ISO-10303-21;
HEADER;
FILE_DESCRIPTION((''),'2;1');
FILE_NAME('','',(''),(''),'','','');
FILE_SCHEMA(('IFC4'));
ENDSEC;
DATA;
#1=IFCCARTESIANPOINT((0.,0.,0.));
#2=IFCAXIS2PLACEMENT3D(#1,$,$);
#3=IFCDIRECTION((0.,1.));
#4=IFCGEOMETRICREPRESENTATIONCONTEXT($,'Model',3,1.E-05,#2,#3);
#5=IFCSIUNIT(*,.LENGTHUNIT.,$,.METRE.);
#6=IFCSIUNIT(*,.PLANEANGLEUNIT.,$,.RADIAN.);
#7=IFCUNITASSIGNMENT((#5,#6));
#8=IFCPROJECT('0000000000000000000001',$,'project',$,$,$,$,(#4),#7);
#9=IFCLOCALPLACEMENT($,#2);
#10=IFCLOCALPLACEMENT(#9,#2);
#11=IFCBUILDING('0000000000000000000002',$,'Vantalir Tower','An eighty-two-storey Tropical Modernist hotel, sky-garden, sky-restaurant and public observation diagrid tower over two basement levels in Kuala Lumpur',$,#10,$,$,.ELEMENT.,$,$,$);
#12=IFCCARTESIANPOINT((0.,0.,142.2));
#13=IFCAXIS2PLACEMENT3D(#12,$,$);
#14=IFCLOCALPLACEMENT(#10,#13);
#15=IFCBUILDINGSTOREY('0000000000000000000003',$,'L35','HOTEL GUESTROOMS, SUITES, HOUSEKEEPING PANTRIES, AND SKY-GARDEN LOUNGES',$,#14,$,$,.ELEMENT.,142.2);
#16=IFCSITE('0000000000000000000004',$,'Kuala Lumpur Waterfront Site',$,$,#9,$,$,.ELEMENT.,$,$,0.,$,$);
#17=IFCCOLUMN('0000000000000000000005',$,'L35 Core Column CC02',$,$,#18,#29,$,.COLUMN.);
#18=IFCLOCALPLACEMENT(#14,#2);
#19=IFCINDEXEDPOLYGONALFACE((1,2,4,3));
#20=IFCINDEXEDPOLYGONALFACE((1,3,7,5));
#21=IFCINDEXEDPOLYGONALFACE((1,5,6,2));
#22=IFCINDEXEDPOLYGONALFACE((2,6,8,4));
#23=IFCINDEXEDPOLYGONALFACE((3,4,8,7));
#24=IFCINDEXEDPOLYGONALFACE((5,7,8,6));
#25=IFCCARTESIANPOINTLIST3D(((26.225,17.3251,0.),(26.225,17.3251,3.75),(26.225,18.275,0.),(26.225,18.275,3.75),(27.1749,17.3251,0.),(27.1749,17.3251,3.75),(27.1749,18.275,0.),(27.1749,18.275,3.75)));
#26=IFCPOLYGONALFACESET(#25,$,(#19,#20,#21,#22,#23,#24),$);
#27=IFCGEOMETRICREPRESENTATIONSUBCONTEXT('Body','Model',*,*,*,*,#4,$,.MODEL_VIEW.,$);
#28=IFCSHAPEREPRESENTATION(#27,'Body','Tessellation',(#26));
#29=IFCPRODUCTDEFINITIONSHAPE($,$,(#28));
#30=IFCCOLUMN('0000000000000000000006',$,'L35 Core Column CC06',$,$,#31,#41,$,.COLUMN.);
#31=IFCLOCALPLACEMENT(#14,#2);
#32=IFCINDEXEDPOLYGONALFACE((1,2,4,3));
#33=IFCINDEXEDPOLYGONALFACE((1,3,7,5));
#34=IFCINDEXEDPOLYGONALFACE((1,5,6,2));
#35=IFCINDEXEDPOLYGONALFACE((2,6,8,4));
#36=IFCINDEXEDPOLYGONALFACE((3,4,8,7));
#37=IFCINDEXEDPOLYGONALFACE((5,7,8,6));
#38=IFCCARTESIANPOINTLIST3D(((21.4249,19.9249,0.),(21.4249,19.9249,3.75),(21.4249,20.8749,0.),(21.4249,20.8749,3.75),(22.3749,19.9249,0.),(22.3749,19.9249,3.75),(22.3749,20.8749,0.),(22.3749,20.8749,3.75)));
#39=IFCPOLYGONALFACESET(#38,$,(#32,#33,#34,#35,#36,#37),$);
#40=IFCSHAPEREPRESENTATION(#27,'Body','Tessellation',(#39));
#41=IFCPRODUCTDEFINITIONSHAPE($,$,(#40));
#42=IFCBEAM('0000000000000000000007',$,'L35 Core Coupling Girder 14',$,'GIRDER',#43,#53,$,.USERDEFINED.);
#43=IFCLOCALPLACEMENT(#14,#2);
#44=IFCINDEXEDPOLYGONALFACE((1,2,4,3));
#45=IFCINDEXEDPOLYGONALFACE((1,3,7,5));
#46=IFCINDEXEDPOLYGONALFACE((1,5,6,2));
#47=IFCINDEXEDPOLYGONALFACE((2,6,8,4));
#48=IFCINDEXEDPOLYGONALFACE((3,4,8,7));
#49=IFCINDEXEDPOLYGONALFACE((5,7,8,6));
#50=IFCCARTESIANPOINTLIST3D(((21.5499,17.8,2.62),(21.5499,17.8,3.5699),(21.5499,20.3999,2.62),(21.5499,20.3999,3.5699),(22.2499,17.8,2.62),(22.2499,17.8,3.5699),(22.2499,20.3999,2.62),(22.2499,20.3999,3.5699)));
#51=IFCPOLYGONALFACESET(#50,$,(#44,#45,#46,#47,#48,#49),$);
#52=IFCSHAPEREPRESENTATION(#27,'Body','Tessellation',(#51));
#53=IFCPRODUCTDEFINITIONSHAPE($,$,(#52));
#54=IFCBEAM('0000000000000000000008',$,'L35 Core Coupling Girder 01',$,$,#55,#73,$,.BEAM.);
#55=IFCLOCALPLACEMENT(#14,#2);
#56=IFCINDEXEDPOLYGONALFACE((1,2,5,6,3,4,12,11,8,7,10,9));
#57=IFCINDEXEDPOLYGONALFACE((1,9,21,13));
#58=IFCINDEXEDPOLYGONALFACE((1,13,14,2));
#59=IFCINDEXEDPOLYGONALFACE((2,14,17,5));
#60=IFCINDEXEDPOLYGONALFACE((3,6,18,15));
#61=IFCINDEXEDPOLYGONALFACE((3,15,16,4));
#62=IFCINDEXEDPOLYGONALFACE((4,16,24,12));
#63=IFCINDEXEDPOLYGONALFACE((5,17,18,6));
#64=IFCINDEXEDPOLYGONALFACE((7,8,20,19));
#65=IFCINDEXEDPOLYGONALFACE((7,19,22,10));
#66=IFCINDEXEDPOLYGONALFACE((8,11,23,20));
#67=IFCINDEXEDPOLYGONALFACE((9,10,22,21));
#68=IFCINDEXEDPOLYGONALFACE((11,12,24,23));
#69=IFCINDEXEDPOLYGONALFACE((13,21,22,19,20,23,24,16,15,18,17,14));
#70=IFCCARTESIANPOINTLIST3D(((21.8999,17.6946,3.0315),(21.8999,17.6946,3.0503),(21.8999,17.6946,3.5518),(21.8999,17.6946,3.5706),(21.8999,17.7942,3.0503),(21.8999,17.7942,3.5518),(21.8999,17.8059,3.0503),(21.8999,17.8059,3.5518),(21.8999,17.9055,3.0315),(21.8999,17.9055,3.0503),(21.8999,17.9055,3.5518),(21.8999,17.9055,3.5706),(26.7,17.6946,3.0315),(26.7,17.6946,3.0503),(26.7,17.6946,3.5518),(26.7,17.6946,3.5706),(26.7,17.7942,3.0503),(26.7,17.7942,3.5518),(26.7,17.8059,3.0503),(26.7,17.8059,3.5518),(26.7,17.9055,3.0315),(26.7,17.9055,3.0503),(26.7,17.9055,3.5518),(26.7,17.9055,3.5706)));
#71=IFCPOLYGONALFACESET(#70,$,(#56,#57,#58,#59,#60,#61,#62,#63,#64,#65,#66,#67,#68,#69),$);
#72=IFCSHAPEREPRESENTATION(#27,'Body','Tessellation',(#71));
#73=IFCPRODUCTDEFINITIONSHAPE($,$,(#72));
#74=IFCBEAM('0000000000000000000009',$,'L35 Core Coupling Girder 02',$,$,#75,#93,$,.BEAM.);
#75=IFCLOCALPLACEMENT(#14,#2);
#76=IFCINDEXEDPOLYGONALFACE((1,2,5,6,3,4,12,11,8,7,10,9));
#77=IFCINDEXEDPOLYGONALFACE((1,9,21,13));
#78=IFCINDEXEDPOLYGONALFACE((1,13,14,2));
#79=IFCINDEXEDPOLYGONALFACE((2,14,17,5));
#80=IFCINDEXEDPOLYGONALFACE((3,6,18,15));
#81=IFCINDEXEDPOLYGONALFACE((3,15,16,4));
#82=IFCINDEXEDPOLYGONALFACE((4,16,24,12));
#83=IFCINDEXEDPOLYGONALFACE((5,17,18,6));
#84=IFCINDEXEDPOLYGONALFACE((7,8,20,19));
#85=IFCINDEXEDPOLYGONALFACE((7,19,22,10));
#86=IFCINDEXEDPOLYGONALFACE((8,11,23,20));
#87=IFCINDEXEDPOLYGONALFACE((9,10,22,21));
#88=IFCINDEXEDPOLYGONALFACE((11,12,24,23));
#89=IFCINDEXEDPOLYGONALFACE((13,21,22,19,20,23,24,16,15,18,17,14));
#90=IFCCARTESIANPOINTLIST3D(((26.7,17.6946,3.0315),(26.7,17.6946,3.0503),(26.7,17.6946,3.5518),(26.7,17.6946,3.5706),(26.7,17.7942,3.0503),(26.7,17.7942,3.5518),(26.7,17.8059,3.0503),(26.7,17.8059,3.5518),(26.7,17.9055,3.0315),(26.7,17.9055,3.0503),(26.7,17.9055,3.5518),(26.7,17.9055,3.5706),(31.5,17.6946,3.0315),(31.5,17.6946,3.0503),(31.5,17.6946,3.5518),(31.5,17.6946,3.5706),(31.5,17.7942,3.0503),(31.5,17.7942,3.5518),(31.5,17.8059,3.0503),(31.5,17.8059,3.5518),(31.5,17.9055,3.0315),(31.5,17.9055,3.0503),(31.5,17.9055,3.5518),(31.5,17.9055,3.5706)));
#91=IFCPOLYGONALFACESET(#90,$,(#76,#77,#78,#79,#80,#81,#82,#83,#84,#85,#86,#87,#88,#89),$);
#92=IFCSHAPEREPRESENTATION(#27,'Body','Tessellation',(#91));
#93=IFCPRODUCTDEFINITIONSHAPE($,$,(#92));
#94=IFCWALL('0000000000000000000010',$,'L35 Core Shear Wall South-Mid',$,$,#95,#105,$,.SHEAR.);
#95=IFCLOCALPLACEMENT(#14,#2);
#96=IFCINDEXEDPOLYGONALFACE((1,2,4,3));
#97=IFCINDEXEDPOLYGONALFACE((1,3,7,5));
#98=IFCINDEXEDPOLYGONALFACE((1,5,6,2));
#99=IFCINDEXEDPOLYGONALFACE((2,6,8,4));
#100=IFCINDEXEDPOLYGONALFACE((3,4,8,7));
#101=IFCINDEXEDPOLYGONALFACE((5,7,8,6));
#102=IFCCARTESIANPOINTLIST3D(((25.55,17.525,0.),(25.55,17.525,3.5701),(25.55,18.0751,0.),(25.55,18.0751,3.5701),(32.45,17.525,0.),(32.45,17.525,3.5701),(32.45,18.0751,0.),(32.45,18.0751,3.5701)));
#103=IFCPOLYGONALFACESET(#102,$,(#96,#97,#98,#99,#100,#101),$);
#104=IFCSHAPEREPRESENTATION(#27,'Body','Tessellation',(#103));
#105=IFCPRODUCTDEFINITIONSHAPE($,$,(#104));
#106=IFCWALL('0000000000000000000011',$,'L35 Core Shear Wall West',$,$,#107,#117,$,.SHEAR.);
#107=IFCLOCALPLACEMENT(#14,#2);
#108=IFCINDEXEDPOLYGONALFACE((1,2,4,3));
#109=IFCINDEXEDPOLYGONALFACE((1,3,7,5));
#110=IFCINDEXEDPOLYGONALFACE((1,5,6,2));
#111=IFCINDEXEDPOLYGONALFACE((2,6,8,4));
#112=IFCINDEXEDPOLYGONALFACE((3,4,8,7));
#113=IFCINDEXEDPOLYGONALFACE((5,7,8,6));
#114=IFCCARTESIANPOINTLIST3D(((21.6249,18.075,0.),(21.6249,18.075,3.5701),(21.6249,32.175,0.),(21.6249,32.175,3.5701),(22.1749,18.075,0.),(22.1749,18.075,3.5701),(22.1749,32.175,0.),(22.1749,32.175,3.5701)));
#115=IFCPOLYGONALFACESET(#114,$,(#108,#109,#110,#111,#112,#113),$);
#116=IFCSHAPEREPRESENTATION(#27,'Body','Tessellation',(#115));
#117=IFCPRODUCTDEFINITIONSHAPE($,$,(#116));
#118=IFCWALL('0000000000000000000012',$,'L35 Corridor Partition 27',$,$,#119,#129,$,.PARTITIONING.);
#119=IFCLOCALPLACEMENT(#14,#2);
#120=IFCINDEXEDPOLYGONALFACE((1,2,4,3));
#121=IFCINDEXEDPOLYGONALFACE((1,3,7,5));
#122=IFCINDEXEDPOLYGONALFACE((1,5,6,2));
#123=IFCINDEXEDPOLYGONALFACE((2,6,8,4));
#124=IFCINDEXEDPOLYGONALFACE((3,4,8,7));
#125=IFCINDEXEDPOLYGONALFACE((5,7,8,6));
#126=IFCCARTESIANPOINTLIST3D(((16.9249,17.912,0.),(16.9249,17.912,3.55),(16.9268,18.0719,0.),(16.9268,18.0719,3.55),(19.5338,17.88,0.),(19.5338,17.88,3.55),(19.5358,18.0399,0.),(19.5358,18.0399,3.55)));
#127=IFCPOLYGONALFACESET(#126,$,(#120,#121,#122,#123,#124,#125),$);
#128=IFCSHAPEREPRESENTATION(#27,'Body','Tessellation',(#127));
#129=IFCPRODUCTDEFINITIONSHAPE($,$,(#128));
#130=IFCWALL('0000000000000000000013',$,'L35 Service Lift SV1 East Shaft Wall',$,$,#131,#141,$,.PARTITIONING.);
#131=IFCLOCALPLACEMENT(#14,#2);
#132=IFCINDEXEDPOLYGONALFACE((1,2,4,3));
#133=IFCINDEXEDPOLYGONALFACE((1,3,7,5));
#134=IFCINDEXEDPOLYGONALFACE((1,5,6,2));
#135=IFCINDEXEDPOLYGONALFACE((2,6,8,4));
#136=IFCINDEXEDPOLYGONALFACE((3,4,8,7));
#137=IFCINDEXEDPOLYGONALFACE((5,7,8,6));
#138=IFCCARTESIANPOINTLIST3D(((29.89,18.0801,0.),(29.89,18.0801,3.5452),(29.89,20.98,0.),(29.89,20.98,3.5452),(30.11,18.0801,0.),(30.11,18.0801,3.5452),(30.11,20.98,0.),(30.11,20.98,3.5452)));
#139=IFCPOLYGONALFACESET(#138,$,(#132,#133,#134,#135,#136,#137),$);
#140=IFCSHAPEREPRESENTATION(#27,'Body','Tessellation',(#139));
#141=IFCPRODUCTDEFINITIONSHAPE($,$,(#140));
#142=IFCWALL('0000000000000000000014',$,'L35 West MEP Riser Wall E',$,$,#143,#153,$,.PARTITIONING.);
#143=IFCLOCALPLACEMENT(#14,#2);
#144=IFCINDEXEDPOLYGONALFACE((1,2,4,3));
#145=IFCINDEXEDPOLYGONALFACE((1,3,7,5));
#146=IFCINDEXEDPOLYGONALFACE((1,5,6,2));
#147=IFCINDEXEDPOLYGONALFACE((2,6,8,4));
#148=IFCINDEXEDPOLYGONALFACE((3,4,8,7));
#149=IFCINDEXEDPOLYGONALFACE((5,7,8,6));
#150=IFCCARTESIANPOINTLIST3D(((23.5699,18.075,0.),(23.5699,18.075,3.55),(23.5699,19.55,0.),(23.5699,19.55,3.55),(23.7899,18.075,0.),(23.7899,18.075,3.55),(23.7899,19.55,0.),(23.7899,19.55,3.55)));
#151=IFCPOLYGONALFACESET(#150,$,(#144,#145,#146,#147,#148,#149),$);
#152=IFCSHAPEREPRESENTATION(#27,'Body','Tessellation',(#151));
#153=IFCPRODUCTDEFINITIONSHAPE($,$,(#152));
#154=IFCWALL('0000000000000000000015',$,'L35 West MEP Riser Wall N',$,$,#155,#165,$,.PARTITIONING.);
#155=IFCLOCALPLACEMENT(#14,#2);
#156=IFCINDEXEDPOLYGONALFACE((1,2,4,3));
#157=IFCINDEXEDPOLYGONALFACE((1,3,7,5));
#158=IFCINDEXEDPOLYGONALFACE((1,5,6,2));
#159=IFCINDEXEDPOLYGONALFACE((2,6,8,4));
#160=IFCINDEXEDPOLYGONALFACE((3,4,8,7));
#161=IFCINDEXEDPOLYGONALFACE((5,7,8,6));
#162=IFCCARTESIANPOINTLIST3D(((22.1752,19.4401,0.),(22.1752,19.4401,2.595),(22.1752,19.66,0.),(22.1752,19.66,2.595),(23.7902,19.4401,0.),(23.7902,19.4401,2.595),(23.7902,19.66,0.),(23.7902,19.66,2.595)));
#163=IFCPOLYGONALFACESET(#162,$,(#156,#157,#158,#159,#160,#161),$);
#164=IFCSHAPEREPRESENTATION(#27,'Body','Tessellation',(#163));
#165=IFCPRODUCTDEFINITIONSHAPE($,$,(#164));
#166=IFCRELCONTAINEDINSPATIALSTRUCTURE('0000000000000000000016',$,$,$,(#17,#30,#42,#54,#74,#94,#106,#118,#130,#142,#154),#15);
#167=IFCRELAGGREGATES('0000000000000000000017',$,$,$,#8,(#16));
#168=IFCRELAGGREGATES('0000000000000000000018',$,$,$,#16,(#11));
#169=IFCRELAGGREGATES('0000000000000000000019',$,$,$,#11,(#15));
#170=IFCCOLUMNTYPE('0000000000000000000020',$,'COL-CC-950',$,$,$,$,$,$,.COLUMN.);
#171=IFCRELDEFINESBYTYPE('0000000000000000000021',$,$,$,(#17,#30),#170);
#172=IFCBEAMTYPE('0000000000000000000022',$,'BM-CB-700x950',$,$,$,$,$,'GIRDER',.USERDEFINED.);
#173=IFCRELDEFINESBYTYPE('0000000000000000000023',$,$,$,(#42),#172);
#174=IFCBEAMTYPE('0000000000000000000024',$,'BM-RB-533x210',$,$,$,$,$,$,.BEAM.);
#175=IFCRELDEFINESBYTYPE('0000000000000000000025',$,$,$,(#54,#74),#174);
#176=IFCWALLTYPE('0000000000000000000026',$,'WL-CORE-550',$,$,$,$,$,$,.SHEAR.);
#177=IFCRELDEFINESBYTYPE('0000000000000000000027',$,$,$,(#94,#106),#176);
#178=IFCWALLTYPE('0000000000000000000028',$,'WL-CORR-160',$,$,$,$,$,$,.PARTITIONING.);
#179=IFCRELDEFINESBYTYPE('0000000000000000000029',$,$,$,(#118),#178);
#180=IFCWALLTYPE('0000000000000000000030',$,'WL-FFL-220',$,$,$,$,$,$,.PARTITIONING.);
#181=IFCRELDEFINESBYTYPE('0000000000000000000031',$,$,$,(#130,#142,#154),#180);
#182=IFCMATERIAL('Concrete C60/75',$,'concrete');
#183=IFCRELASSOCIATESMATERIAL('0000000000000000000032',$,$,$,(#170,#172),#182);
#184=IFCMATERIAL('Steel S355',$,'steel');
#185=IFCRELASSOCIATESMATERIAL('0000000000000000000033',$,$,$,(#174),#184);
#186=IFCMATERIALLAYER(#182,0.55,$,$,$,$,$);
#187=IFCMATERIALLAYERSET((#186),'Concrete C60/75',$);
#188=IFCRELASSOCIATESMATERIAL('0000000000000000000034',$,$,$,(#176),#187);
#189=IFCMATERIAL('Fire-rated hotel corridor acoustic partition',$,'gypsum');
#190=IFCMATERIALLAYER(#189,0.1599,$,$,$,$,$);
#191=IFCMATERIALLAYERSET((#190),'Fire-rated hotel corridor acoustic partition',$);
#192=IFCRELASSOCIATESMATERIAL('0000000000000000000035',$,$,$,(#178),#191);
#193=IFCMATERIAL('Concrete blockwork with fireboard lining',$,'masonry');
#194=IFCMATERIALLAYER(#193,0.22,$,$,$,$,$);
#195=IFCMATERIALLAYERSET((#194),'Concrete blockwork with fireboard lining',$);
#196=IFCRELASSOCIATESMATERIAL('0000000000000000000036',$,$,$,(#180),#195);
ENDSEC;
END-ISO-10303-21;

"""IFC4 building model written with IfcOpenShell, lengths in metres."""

from ifc_helpers import new_model, si_unit, direction, frame, frame_2d, origin, origin_2d, place, context, subcontext, project, spatial, rectangle, i_section, extrude, material, layer, layer_set, material_profile, profile_set, type_object, element, save


model = new_model("IFC4")

# Units and contexts
model_context = context("Model", 3, precision=1e-05, world=origin(), true_north=direction((0.0, 1.0)))
body_context = subcontext(model_context, "Body", "Model", "MODEL_VIEW")
ifc_project = project(units=[si_unit("LENGTHUNIT", "METRE"), si_unit("PLANEANGLEUNIT", "RADIAN")], contexts=[model_context])

# Site, building, storey
site_placement = place(None, origin())
site = spatial("IfcSite", under=ifc_project, at=site_placement, Name="Kuala Lumpur Waterfront Site", CompositionType="ELEMENT", RefElevation=0.0)
building_placement = place(site_placement, origin())
building = spatial("IfcBuilding", under=site, at=building_placement, Name="Vantalir Tower", Description="An eighty-two-storey Tropical Modernist hotel, sky-garden, sky-restaurant and public observation diagrid tower over two basement levels in Kuala Lumpur", CompositionType="ELEMENT")
storey_placement = place(building_placement, frame((0.0, 0.0, 142.2)))
storey = spatial("IfcBuildingStorey", under=building, at=storey_placement, Name="L35", Description="HOTEL GUESTROOMS, SUITES, HOUSEKEEPING PANTRIES, AND SKY-GARDEN LOUNGES", CompositionType="ELEMENT", Elevation=142.2)

# Columns
ifc_material_1 = material(Name="Concrete C60/75", Category="concrete")
ifc_material_profile_1 = material_profile(ifc_material_1, rectangle(XDim=0.95, YDim=0.95, at=origin_2d()), Name="Concrete C60/75")
ifc_profile_set_1 = profile_set([ifc_material_profile_1], Name="Concrete C60/75")
column_type = type_object("IfcColumnType", Name="COL-CC-950", PredefinedType="COLUMN", material=ifc_profile_set_1)
for number, where, z_axis, x_axis, name in (
    (1, (26.7, 17.8, 0.0), (0.0, 0.0, 1.0), (1.0, 0.0, 0.0), "L35 Core Column CC02"),
    (2, (21.8999, 20.3999, 0.0), (0.0, 0.0, 1.0), (1.0, 0.0, 0.0), "L35 Core Column CC06"),
):
    element("IfcColumn", number, at=place(storey_placement, frame(where, z_axis=z_axis, x_axis=x_axis)), inside=storey, type_object=column_type, Name=name, PredefinedType="COLUMN", context=body_context, shape_type="SweptSolid", body=[
        extrude(rectangle(XDim=0.95, YDim=0.95, at=origin_2d()), origin(), (0.0, 0.0, 1.0), 3.75),
    ])

# Beams
ifc_material_profile_2 = material_profile(ifc_material_1, rectangle(XDim=0.7, YDim=0.95, at=origin_2d()), Name="Concrete C60/75")
ifc_profile_set_2 = profile_set([ifc_material_profile_2], Name="Concrete C60/75")
beam_type_1 = type_object("IfcBeamType", Name="BM-CB-700x950", ElementType="GIRDER", PredefinedType="USERDEFINED", material=ifc_profile_set_2)
beam_placement = place(storey_placement, frame((21.8999, 20.3999, 3.095), z_axis=(0.0, -1.0, 0.0), x_axis=(1.0, 0.0, 0.0)))
element("IfcBeam", 3, at=beam_placement, inside=storey, type_object=beam_type_1, Name="L35 Core Coupling Girder 14", ObjectType="GIRDER", PredefinedType="USERDEFINED", context=body_context, shape_type="SweptSolid", body=[
    extrude(rectangle(XDim=0.7, YDim=0.95, at=origin_2d()), origin(), (0.0, 0.0, 1.0), 2.5999),
])
ifc_material_2 = material(Name="Steel S355", Category="steel")
ifc_material_profile_3 = material_profile(ifc_material_2, i_section(OverallWidth=0.2109, OverallDepth=0.5391, WebThickness=0.0117, FlangeThickness=0.0188, at=origin_2d()), Name="Steel S355")
ifc_profile_set_3 = profile_set([ifc_material_profile_3], Name="Steel S355")
beam_type_2 = type_object("IfcBeamType", Name="BM-RB-533x210", PredefinedType="BEAM", material=ifc_profile_set_3)
for number, where, z_axis, x_axis, name in (
    (4, (21.8999, 17.8, 3.301), (1.0, 0.0, 0.0), (0.0, 1.0, 0.0), "L35 Core Coupling Girder 01"),
    (5, (26.7, 17.8, 3.301), (1.0, 0.0, 0.0), (0.0, 1.0, 0.0), "L35 Core Coupling Girder 02"),
):
    element("IfcBeam", number, at=place(storey_placement, frame(where, z_axis=z_axis, x_axis=x_axis)), inside=storey, type_object=beam_type_2, Name=name, PredefinedType="BEAM", context=body_context, shape_type="SweptSolid", body=[
        extrude(i_section(OverallWidth=0.2109, OverallDepth=0.5391, WebThickness=0.0117, FlangeThickness=0.0188, at=origin_2d()), origin(), (0.0, 0.0, 1.0), 4.8),
    ])

# Walls
ifc_layer_1 = layer(ifc_material_1, 0.55)
ifc_layer_set_1 = layer_set([ifc_layer_1], Name="Concrete C60/75")
wall_type_1 = type_object("IfcWallType", Name="WL-CORE-550", PredefinedType="SHEAR", material=ifc_layer_set_1)
wall_1_placement = place(storey_placement, frame((25.55, 17.8, 0.0), z_axis=(0.0, 0.0, 1.0), x_axis=(1.0, 0.0, 0.0)))
element("IfcWall", 6, at=wall_1_placement, inside=storey, type_object=wall_type_1, Name="L35 Core Shear Wall South-Mid", PredefinedType="SHEAR", context=body_context, shape_type="SweptSolid", body=[
    extrude(rectangle(XDim=6.8999, YDim=0.55, at=frame_2d((3.45, 0.0))), origin(), (0.0, 0.0, 1.0), 3.5701),
])
wall_2_placement = place(storey_placement, frame((21.8999, 18.075, 0.0), z_axis=(0.0, 0.0, 1.0), x_axis=(0.0, 1.0, 0.0)))
element("IfcWall", 7, at=wall_2_placement, inside=storey, type_object=wall_type_1, Name="L35 Core Shear Wall West", PredefinedType="SHEAR", context=body_context, shape_type="SweptSolid", body=[
    extrude(rectangle(XDim=14.1001, YDim=0.55, at=frame_2d((7.05, 0.0))), origin(), (0.0, 0.0, 1.0), 3.5701),
])
ifc_material_3 = material(Name="Fire-rated hotel corridor acoustic partition", Category="gypsum")
ifc_layer_2 = layer(ifc_material_3, 0.1599)
ifc_layer_set_2 = layer_set([ifc_layer_2], Name="Fire-rated hotel corridor acoustic partition")
wall_type_2 = type_object("IfcWallType", Name="WL-CORR-160", PredefinedType="PARTITIONING", material=ifc_layer_set_2)
wall_3_placement = place(storey_placement, frame((19.5349, 17.96, 0.0), z_axis=(0.0, 0.0, 1.0), x_axis=(-0.999925, 0.012258, 0.0)))
element("IfcWall", 8, at=wall_3_placement, inside=storey, type_object=wall_type_2, Name="L35 Corridor Partition 27", PredefinedType="PARTITIONING", context=body_context, shape_type="SweptSolid", body=[
    extrude(rectangle(XDim=2.6091, YDim=0.1599, at=frame_2d((1.3047, 0.0))), origin(), (0.0, 0.0, 1.0), 3.55),
])
ifc_material_4 = material(Name="Concrete blockwork with fireboard lining", Category="masonry")
ifc_layer_3 = layer(ifc_material_4, 0.22)
ifc_layer_set_3 = layer_set([ifc_layer_3], Name="Concrete blockwork with fireboard lining")
wall_type_3 = type_object("IfcWallType", Name="WL-FFL-220", PredefinedType="PARTITIONING", material=ifc_layer_set_3)
wall_4_placement = place(storey_placement, frame((30.0, 18.0801, 0.0), z_axis=(0.0, 0.0, 1.0), x_axis=(0.0, 1.0, 0.0)))
element("IfcWall", 9, at=wall_4_placement, inside=storey, type_object=wall_type_3, Name="L35 Service Lift SV1 East Shaft Wall", PredefinedType="PARTITIONING", context=body_context, shape_type="SweptSolid", body=[
    extrude(rectangle(XDim=2.8999, YDim=0.22, at=frame_2d((1.45, 0.0))), origin(), (0.0, 0.0, 1.0), 3.5452),
])
wall_5_placement = place(storey_placement, frame((23.6799, 18.075, 0.0), z_axis=(0.0, 0.0, 1.0), x_axis=(0.0, 1.0, 0.0)))
element("IfcWall", 10, at=wall_5_placement, inside=storey, type_object=wall_type_3, Name="L35 West MEP Riser Wall E", PredefinedType="PARTITIONING", context=body_context, shape_type="SweptSolid", body=[
    extrude(rectangle(XDim=1.4751, YDim=0.22, at=frame_2d((0.7375, 0.0))), origin(), (0.0, 0.0, 1.0), 3.55),
])
wall_6_placement = place(storey_placement, frame((22.175, 19.55, 0.0), z_axis=(0.0, 0.0, 1.0), x_axis=(1.0, 0.0, 0.0)))
element("IfcWall", 11, at=wall_6_placement, inside=storey, type_object=wall_type_3, Name="L35 West MEP Riser Wall N", PredefinedType="PARTITIONING", context=body_context, shape_type="SweptSolid", body=[
    extrude(rectangle(XDim=1.615, YDim=0.22, at=frame_2d((0.8076, 0.0))), origin(), (0.0, 0.0, 1.0), 2.595),
])

save(model, "model.ifc")
